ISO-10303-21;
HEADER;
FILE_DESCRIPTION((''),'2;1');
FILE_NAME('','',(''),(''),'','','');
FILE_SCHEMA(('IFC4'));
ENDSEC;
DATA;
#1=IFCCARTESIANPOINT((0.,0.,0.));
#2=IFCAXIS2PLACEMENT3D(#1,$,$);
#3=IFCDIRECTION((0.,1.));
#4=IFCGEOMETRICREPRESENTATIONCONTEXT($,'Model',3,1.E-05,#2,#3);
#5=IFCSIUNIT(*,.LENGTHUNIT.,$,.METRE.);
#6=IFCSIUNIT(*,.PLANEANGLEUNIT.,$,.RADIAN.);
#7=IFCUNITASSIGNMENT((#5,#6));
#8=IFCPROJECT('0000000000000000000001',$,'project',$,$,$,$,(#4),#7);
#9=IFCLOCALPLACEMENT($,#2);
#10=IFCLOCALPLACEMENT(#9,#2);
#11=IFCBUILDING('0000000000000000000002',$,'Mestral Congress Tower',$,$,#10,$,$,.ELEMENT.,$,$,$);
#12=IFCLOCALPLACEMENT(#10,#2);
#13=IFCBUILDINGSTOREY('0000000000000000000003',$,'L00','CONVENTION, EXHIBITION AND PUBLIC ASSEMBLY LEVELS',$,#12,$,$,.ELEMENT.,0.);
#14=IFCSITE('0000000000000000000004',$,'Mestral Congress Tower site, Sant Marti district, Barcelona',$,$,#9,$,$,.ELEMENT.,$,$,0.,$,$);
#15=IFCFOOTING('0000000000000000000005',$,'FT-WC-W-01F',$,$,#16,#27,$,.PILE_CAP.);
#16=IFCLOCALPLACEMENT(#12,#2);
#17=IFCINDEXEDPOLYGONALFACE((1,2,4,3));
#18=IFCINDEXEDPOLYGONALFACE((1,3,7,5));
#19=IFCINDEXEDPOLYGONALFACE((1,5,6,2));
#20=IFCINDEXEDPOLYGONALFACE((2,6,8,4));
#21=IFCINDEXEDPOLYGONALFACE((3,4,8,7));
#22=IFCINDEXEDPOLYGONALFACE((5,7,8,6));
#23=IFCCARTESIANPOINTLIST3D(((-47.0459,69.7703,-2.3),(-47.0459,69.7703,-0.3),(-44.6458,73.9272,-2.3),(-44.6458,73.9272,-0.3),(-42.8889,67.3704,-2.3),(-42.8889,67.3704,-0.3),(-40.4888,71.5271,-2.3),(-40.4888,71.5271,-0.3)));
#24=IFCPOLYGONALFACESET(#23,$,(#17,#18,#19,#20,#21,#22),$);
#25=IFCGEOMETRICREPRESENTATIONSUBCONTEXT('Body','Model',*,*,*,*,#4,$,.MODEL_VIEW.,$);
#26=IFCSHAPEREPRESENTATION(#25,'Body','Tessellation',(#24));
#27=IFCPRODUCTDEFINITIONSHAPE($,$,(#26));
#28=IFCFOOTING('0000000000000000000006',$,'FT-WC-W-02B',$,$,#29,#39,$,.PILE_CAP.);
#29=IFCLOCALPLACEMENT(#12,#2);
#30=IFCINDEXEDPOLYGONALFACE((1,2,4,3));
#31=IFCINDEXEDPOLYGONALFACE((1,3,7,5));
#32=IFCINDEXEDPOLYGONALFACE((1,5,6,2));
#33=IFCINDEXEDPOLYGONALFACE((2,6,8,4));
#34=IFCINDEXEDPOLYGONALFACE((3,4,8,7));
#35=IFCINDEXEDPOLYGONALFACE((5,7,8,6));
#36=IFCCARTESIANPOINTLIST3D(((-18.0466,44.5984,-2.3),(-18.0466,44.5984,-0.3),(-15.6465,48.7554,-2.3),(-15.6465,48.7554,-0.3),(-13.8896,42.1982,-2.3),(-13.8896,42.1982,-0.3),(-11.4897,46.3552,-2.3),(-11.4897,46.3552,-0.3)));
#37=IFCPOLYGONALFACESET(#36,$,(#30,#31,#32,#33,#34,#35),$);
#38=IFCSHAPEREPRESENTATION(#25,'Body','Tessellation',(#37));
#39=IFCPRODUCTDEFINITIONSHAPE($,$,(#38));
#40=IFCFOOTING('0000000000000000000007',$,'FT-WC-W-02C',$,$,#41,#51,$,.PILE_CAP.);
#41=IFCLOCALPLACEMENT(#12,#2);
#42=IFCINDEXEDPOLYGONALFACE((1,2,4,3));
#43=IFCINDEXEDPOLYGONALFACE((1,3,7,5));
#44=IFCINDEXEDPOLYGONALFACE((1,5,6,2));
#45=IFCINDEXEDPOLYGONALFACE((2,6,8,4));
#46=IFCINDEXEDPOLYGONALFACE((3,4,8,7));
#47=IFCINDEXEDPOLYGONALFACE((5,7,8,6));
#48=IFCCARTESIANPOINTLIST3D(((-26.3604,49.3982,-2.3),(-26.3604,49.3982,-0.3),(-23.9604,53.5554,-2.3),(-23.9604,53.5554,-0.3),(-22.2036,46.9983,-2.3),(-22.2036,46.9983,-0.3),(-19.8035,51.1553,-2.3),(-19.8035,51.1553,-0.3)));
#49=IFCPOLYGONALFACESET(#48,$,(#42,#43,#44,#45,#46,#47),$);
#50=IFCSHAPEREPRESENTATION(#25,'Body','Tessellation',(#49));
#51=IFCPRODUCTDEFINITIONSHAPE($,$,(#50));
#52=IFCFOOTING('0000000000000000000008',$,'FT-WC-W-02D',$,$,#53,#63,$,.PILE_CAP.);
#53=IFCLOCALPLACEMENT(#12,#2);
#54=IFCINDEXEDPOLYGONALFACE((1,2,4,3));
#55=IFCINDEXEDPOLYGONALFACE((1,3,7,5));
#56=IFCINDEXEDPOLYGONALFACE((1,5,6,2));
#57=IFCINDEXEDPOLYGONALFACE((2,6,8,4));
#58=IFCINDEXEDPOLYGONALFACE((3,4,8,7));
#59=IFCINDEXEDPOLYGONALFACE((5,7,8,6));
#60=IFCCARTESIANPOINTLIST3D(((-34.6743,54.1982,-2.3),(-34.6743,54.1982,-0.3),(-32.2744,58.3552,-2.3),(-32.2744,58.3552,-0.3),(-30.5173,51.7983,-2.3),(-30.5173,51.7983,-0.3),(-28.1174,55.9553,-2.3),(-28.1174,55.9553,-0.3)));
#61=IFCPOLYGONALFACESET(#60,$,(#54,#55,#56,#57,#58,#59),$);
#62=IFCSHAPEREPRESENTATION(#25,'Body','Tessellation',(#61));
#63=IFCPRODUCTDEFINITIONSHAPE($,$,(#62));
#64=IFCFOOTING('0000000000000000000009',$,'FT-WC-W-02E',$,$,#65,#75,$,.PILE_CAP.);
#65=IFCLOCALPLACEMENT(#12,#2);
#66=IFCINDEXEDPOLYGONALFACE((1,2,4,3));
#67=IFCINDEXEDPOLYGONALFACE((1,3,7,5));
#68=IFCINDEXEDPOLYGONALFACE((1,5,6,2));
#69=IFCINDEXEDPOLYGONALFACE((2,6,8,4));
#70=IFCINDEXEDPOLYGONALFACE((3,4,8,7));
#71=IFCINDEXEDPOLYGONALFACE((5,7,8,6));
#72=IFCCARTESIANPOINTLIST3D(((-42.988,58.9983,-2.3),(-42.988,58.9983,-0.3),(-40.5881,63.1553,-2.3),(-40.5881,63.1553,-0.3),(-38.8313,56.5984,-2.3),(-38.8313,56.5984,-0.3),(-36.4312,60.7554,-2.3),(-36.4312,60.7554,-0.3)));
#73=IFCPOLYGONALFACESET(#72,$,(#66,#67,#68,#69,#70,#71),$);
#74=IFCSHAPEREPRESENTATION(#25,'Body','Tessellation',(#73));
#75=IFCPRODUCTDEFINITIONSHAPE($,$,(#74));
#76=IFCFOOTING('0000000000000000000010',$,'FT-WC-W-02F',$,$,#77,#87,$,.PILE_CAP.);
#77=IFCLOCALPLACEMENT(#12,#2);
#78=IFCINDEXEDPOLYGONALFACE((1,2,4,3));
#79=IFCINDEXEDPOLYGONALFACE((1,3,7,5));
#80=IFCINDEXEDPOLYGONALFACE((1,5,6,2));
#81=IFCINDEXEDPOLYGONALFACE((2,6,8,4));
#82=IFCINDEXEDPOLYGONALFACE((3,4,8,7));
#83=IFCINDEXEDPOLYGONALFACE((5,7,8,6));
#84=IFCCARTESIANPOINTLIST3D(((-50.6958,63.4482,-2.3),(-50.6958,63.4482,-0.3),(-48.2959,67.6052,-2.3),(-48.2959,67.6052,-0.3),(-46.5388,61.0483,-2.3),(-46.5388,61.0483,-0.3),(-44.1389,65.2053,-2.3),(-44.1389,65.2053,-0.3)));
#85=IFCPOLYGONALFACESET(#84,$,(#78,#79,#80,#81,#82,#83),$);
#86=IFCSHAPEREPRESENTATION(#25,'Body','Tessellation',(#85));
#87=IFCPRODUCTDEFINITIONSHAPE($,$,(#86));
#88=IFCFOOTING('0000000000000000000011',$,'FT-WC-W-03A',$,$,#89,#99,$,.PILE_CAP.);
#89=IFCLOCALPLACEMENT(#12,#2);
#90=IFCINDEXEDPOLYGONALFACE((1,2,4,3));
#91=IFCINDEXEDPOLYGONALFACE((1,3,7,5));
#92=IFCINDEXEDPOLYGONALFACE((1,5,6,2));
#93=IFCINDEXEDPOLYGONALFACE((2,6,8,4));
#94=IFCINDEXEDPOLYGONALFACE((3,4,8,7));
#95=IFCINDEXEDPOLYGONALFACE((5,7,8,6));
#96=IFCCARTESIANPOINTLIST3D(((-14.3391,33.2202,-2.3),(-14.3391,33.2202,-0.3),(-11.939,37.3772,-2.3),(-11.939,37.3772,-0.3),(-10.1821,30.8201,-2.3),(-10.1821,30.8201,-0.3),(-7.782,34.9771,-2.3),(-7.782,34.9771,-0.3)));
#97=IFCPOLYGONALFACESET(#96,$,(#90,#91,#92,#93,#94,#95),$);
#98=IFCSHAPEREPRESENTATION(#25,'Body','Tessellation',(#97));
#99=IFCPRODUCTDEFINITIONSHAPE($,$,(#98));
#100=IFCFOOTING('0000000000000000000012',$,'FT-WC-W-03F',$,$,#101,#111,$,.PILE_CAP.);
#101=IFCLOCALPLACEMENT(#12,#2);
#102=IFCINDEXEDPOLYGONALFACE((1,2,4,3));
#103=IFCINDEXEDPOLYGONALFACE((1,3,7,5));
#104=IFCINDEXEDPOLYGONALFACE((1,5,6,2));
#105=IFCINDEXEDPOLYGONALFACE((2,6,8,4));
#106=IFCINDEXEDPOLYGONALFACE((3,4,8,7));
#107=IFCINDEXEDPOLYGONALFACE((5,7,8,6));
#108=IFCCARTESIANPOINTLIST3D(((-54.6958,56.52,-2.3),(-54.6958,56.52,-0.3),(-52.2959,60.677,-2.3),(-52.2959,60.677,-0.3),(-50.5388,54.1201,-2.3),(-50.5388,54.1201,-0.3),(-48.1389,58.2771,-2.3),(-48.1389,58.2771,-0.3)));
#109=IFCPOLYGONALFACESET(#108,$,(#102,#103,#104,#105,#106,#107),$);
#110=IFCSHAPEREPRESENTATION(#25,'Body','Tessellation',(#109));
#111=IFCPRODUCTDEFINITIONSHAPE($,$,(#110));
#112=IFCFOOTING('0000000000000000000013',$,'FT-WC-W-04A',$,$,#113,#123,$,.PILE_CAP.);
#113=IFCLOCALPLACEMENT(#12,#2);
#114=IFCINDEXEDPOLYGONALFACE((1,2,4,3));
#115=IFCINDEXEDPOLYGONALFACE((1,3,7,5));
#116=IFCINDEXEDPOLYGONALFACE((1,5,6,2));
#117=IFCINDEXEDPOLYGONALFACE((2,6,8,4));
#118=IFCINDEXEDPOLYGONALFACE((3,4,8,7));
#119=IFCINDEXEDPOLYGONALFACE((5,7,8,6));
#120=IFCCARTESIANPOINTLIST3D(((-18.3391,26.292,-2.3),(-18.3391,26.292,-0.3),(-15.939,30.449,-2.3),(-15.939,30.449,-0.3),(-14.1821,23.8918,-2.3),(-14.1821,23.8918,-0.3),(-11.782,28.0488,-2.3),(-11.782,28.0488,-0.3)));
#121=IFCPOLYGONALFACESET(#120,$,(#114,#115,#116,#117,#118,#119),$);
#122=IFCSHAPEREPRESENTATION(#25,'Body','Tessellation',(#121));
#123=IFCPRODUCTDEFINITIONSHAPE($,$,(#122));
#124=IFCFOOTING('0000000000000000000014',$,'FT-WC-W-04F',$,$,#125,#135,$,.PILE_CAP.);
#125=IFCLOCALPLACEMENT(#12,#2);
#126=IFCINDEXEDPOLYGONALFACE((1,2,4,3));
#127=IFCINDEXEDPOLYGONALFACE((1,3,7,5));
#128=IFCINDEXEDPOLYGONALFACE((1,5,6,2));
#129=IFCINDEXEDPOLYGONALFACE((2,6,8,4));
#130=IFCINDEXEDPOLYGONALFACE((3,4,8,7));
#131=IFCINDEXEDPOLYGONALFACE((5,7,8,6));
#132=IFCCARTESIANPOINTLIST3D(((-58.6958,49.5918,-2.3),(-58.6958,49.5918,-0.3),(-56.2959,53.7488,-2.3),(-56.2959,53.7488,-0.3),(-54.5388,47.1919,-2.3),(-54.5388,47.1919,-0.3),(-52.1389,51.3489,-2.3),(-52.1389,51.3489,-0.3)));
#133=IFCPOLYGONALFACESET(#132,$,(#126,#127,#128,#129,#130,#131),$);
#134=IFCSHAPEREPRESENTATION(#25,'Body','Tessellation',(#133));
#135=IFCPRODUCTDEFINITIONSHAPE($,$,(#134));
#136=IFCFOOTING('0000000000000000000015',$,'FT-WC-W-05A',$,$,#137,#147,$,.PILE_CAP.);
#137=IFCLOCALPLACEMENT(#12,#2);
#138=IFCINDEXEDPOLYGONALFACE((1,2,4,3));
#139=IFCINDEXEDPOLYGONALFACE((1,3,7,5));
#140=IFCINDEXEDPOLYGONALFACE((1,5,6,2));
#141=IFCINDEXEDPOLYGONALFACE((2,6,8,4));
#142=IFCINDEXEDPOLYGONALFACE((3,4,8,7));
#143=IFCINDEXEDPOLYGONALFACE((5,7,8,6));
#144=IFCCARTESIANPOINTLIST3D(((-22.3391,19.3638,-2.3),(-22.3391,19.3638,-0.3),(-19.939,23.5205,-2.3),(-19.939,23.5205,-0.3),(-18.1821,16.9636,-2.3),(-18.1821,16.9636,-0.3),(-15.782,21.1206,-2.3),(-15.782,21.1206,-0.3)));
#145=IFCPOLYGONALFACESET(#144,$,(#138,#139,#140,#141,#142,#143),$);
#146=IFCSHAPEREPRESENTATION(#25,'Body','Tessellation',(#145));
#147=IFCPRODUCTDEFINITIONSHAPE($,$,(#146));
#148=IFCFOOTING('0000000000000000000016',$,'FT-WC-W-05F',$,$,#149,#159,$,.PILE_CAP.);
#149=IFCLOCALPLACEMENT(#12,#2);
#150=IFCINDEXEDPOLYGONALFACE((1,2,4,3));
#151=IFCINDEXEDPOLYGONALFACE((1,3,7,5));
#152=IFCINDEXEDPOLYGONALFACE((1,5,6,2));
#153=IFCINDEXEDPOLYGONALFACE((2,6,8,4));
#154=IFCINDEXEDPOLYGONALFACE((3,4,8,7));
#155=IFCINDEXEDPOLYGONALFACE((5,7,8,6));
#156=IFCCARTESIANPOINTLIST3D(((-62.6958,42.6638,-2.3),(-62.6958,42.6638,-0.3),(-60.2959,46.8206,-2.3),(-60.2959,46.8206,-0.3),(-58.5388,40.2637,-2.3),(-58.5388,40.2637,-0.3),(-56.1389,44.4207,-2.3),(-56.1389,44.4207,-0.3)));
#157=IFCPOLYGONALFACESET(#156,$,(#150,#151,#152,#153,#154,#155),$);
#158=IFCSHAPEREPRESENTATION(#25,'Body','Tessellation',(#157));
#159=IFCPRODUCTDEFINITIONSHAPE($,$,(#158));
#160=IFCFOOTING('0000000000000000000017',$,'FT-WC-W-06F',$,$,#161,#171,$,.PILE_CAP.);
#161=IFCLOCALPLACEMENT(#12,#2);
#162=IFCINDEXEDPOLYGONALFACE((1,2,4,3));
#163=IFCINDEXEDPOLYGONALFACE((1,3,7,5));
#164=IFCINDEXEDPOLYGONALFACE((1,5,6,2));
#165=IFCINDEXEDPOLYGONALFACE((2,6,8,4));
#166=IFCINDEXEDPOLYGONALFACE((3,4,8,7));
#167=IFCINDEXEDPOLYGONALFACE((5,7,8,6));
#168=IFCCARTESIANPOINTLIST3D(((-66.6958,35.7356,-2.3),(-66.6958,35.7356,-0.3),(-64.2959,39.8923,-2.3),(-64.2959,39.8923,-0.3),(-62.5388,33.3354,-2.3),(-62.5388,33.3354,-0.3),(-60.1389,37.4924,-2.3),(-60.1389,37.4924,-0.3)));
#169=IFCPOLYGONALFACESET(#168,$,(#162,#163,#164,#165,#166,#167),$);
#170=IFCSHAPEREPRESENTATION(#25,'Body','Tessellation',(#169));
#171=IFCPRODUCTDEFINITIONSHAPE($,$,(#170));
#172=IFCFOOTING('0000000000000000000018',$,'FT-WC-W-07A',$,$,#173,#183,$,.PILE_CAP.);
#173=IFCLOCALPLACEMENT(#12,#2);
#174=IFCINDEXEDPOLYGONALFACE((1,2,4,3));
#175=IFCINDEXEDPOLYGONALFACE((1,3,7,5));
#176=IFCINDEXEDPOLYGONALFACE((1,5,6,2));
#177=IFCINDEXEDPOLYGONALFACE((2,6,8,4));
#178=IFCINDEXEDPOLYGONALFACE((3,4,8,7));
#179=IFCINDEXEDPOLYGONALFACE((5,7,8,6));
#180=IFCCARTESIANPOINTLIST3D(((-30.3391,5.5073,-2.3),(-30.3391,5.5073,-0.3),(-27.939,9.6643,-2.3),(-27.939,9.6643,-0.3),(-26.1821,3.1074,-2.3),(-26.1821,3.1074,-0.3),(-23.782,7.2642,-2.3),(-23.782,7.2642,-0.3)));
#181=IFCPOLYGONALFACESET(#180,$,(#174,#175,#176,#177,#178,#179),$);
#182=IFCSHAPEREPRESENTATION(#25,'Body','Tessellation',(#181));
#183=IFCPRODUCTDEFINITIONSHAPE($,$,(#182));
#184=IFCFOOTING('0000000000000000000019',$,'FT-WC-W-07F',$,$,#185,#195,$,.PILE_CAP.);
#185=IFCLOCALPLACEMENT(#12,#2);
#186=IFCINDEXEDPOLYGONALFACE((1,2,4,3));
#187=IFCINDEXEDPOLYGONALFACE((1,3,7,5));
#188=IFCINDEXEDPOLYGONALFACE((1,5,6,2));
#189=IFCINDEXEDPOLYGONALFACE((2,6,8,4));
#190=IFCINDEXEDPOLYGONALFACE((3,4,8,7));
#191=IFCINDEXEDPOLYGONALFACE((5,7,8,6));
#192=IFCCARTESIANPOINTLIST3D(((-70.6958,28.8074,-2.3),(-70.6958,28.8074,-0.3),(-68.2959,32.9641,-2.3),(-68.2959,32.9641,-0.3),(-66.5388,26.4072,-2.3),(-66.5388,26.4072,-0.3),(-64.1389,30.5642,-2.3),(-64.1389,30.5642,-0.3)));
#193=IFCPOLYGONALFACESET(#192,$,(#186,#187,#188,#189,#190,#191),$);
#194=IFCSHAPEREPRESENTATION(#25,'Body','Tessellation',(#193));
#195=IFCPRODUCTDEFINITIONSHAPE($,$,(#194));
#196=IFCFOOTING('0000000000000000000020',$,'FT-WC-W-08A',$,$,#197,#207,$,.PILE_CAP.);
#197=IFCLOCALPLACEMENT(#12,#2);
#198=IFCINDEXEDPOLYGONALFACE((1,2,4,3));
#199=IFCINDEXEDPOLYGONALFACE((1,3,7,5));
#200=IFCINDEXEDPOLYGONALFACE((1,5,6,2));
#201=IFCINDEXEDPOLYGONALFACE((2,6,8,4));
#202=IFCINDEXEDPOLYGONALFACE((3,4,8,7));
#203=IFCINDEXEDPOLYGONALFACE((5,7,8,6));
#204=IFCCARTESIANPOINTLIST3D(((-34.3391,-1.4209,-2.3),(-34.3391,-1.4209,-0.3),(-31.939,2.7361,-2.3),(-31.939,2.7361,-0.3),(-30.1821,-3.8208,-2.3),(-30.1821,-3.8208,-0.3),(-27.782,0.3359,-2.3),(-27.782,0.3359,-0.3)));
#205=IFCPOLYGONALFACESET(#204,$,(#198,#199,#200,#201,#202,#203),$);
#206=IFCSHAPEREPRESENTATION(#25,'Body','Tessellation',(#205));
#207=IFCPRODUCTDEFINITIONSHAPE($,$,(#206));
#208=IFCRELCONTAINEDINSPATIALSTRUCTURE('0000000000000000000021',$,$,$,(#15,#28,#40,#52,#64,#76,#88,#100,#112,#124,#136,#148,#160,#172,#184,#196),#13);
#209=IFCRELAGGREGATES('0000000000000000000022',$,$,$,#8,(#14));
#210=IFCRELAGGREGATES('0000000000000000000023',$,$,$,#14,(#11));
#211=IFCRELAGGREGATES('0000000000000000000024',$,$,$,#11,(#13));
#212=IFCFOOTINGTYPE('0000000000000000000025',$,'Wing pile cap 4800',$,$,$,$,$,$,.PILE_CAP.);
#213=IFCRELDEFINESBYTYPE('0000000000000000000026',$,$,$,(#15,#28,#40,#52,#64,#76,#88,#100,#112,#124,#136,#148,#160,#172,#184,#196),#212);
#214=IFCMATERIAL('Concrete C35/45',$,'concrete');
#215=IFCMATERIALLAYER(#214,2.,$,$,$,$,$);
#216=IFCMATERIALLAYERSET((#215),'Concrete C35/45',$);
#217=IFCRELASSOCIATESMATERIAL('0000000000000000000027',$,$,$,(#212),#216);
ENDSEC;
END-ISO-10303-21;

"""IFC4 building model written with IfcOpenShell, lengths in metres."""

from ifc_helpers import new_model, si_unit, direction, frame, origin, place, context, subcontext, project, spatial, polyline, outline, extrude, material, layer, layer_set, type_object, element, save


model = new_model("IFC4")

# Units and contexts
model_context = context("Model", 3, precision=1e-05, world=origin(), true_north=direction((0.0, 1.0)))
body_context = subcontext(model_context, "Body", "Model", "MODEL_VIEW")
ifc_project = project(units=[si_unit("LENGTHUNIT", "METRE"), si_unit("PLANEANGLEUNIT", "RADIAN")], contexts=[model_context])

# Site, building, storey
site_placement = place(None, origin())
site = spatial("IfcSite", under=ifc_project, at=site_placement, Name="Mestral Congress Tower site, Sant Marti district, Barcelona", CompositionType="ELEMENT", RefElevation=0.0)
building_placement = place(site_placement, origin())
building = spatial("IfcBuilding", under=site, at=building_placement, Name="Mestral Congress Tower", CompositionType="ELEMENT")
storey_placement = place(building_placement, origin())
storey = spatial("IfcBuildingStorey", under=building, at=storey_placement, Name="L00", Description="CONVENTION, EXHIBITION AND PUBLIC ASSEMBLY LEVELS", CompositionType="ELEMENT", Elevation=0.0)

# Footings
ifc_material = material(Name="Concrete C35/45", Category="concrete")
ifc_layer = layer(ifc_material, 2.0)
ifc_layer_set = layer_set([ifc_layer], Name="Concrete C35/45")
footing_type = type_object("IfcFootingType", Name="Wing pile cap 4800", PredefinedType="PILE_CAP", material=ifc_layer_set)
placement = place(storey_placement, frame((0.0, 0.0, -2.3)))
element("IfcFooting", 1, at=placement, inside=storey, type_object=footing_type, Name="FT-WC-W-01F", PredefinedType="PILE_CAP", context=body_context, shape_type="SweptSolid", body=[
    extrude(outline(polyline([(-40.4888, 71.5271), (-44.6458, 73.9272), (-47.0459, 69.7703), (-42.8889, 67.3704), (-40.4888, 71.5271)])), origin(), (0.0, 0.0, 1.0), 2.0),
])
element("IfcFooting", 2, at=placement, inside=storey, type_object=footing_type, Name="FT-WC-W-02B", PredefinedType="PILE_CAP", context=body_context, shape_type="SweptSolid", body=[
    extrude(outline(polyline([(-11.4897, 46.3552), (-15.6465, 48.7554), (-18.0466, 44.5984), (-13.8896, 42.1982), (-11.4897, 46.3552)])), origin(), (0.0, 0.0, 1.0), 2.0),
])
element("IfcFooting", 3, at=placement, inside=storey, type_object=footing_type, Name="FT-WC-W-02C", PredefinedType="PILE_CAP", context=body_context, shape_type="SweptSolid", body=[
    extrude(outline(polyline([(-19.8035, 51.1553), (-23.9604, 53.5554), (-26.3604, 49.3982), (-22.2036, 46.9983), (-19.8035, 51.1553)])), origin(), (0.0, 0.0, 1.0), 2.0),
])
element("IfcFooting", 4, at=placement, inside=storey, type_object=footing_type, Name="FT-WC-W-02D", PredefinedType="PILE_CAP", context=body_context, shape_type="SweptSolid", body=[
    extrude(outline(polyline([(-28.1174, 55.9553), (-32.2744, 58.3552), (-34.6743, 54.1982), (-30.5173, 51.7983), (-28.1174, 55.9553)])), origin(), (0.0, 0.0, 1.0), 2.0),
])
element("IfcFooting", 5, at=placement, inside=storey, type_object=footing_type, Name="FT-WC-W-02E", PredefinedType="PILE_CAP", context=body_context, shape_type="SweptSolid", body=[
    extrude(outline(polyline([(-36.4312, 60.7554), (-40.5881, 63.1553), (-42.988, 58.9983), (-38.8313, 56.5984), (-36.4312, 60.7554)])), origin(), (0.0, 0.0, 1.0), 2.0),
])
element("IfcFooting", 6, at=placement, inside=storey, type_object=footing_type, Name="FT-WC-W-02F", PredefinedType="PILE_CAP", context=body_context, shape_type="SweptSolid", body=[
    extrude(outline(polyline([(-44.1389, 65.2053), (-48.2959, 67.6052), (-50.6958, 63.4482), (-46.5388, 61.0483), (-44.1389, 65.2053)])), origin(), (0.0, 0.0, 1.0), 2.0),
])
element("IfcFooting", 7, at=placement, inside=storey, type_object=footing_type, Name="FT-WC-W-03A", PredefinedType="PILE_CAP", context=body_context, shape_type="SweptSolid", body=[
    extrude(outline(polyline([(-7.782, 34.9771), (-11.939, 37.3772), (-14.3391, 33.2202), (-10.1821, 30.8201), (-7.782, 34.9771)])), origin(), (0.0, 0.0, 1.0), 2.0),
])
element("IfcFooting", 8, at=placement, inside=storey, type_object=footing_type, Name="FT-WC-W-03F", PredefinedType="PILE_CAP", context=body_context, shape_type="SweptSolid", body=[
    extrude(outline(polyline([(-48.1389, 58.2771), (-52.2959, 60.677), (-54.6958, 56.52), (-50.5388, 54.1201), (-48.1389, 58.2771)])), origin(), (0.0, 0.0, 1.0), 2.0),
])
element("IfcFooting", 9, at=placement, inside=storey, type_object=footing_type, Name="FT-WC-W-04A", PredefinedType="PILE_CAP", context=body_context, shape_type="SweptSolid", body=[
    extrude(outline(polyline([(-11.782, 28.0488), (-15.939, 30.449), (-18.3391, 26.292), (-14.1821, 23.8918), (-11.782, 28.0488)])), origin(), (0.0, 0.0, 1.0), 2.0),
])
element("IfcFooting", 10, at=placement, inside=storey, type_object=footing_type, Name="FT-WC-W-04F", PredefinedType="PILE_CAP", context=body_context, shape_type="SweptSolid", body=[
    extrude(outline(polyline([(-52.1389, 51.3489), (-56.2959, 53.7488), (-58.6958, 49.5918), (-54.5388, 47.1919), (-52.1389, 51.3489)])), origin(), (0.0, 0.0, 1.0), 2.0),
])
element("IfcFooting", 11, at=placement, inside=storey, type_object=footing_type, Name="FT-WC-W-05A", PredefinedType="PILE_CAP", context=body_context, shape_type="SweptSolid", body=[
    extrude(outline(polyline([(-15.782, 21.1206), (-19.939, 23.5205), (-22.3391, 19.3638), (-18.1821, 16.9636), (-15.782, 21.1206)])), origin(), (0.0, 0.0, 1.0), 2.0),
])
element("IfcFooting", 12, at=placement, inside=storey, type_object=footing_type, Name="FT-WC-W-05F", PredefinedType="PILE_CAP", context=body_context, shape_type="SweptSolid", body=[
    extrude(outline(polyline([(-56.1389, 44.4207), (-60.2959, 46.8206), (-62.6958, 42.6638), (-58.5388, 40.2637), (-56.1389, 44.4207)])), origin(), (0.0, 0.0, 1.0), 2.0),
])
element("IfcFooting", 13, at=placement, inside=storey, type_object=footing_type, Name="FT-WC-W-06F", PredefinedType="PILE_CAP", context=body_context, shape_type="SweptSolid", body=[
    extrude(outline(polyline([(-60.1389, 37.4924), (-64.2959, 39.8923), (-66.6958, 35.7356), (-62.5388, 33.3354), (-60.1389, 37.4924)])), origin(), (0.0, 0.0, 1.0), 2.0),
])
element("IfcFooting", 14, at=placement, inside=storey, type_object=footing_type, Name="FT-WC-W-07A", PredefinedType="PILE_CAP", context=body_context, shape_type="SweptSolid", body=[
    extrude(outline(polyline([(-23.782, 7.2642), (-27.939, 9.6643), (-30.3391, 5.5073), (-26.1821, 3.1074), (-23.782, 7.2642)])), origin(), (0.0, 0.0, 1.0), 2.0),
])
element("IfcFooting", 15, at=placement, inside=storey, type_object=footing_type, Name="FT-WC-W-07F", PredefinedType="PILE_CAP", context=body_context, shape_type="SweptSolid", body=[
    extrude(outline(polyline([(-64.1389, 30.5642), (-68.2959, 32.9641), (-70.6958, 28.8074), (-66.5388, 26.4072), (-64.1389, 30.5642)])), origin(), (0.0, 0.0, 1.0), 2.0),
])
element("IfcFooting", 16, at=placement, inside=storey, type_object=footing_type, Name="FT-WC-W-08A", PredefinedType="PILE_CAP", context=body_context, shape_type="SweptSolid", body=[
    extrude(outline(polyline([(-27.782, 0.3359), (-31.939, 2.7361), (-34.3391, -1.4209), (-30.1821, -3.8208), (-27.782, 0.3359)])), origin(), (0.0, 0.0, 1.0), 2.0),
])

save(model, "model.ifc")
